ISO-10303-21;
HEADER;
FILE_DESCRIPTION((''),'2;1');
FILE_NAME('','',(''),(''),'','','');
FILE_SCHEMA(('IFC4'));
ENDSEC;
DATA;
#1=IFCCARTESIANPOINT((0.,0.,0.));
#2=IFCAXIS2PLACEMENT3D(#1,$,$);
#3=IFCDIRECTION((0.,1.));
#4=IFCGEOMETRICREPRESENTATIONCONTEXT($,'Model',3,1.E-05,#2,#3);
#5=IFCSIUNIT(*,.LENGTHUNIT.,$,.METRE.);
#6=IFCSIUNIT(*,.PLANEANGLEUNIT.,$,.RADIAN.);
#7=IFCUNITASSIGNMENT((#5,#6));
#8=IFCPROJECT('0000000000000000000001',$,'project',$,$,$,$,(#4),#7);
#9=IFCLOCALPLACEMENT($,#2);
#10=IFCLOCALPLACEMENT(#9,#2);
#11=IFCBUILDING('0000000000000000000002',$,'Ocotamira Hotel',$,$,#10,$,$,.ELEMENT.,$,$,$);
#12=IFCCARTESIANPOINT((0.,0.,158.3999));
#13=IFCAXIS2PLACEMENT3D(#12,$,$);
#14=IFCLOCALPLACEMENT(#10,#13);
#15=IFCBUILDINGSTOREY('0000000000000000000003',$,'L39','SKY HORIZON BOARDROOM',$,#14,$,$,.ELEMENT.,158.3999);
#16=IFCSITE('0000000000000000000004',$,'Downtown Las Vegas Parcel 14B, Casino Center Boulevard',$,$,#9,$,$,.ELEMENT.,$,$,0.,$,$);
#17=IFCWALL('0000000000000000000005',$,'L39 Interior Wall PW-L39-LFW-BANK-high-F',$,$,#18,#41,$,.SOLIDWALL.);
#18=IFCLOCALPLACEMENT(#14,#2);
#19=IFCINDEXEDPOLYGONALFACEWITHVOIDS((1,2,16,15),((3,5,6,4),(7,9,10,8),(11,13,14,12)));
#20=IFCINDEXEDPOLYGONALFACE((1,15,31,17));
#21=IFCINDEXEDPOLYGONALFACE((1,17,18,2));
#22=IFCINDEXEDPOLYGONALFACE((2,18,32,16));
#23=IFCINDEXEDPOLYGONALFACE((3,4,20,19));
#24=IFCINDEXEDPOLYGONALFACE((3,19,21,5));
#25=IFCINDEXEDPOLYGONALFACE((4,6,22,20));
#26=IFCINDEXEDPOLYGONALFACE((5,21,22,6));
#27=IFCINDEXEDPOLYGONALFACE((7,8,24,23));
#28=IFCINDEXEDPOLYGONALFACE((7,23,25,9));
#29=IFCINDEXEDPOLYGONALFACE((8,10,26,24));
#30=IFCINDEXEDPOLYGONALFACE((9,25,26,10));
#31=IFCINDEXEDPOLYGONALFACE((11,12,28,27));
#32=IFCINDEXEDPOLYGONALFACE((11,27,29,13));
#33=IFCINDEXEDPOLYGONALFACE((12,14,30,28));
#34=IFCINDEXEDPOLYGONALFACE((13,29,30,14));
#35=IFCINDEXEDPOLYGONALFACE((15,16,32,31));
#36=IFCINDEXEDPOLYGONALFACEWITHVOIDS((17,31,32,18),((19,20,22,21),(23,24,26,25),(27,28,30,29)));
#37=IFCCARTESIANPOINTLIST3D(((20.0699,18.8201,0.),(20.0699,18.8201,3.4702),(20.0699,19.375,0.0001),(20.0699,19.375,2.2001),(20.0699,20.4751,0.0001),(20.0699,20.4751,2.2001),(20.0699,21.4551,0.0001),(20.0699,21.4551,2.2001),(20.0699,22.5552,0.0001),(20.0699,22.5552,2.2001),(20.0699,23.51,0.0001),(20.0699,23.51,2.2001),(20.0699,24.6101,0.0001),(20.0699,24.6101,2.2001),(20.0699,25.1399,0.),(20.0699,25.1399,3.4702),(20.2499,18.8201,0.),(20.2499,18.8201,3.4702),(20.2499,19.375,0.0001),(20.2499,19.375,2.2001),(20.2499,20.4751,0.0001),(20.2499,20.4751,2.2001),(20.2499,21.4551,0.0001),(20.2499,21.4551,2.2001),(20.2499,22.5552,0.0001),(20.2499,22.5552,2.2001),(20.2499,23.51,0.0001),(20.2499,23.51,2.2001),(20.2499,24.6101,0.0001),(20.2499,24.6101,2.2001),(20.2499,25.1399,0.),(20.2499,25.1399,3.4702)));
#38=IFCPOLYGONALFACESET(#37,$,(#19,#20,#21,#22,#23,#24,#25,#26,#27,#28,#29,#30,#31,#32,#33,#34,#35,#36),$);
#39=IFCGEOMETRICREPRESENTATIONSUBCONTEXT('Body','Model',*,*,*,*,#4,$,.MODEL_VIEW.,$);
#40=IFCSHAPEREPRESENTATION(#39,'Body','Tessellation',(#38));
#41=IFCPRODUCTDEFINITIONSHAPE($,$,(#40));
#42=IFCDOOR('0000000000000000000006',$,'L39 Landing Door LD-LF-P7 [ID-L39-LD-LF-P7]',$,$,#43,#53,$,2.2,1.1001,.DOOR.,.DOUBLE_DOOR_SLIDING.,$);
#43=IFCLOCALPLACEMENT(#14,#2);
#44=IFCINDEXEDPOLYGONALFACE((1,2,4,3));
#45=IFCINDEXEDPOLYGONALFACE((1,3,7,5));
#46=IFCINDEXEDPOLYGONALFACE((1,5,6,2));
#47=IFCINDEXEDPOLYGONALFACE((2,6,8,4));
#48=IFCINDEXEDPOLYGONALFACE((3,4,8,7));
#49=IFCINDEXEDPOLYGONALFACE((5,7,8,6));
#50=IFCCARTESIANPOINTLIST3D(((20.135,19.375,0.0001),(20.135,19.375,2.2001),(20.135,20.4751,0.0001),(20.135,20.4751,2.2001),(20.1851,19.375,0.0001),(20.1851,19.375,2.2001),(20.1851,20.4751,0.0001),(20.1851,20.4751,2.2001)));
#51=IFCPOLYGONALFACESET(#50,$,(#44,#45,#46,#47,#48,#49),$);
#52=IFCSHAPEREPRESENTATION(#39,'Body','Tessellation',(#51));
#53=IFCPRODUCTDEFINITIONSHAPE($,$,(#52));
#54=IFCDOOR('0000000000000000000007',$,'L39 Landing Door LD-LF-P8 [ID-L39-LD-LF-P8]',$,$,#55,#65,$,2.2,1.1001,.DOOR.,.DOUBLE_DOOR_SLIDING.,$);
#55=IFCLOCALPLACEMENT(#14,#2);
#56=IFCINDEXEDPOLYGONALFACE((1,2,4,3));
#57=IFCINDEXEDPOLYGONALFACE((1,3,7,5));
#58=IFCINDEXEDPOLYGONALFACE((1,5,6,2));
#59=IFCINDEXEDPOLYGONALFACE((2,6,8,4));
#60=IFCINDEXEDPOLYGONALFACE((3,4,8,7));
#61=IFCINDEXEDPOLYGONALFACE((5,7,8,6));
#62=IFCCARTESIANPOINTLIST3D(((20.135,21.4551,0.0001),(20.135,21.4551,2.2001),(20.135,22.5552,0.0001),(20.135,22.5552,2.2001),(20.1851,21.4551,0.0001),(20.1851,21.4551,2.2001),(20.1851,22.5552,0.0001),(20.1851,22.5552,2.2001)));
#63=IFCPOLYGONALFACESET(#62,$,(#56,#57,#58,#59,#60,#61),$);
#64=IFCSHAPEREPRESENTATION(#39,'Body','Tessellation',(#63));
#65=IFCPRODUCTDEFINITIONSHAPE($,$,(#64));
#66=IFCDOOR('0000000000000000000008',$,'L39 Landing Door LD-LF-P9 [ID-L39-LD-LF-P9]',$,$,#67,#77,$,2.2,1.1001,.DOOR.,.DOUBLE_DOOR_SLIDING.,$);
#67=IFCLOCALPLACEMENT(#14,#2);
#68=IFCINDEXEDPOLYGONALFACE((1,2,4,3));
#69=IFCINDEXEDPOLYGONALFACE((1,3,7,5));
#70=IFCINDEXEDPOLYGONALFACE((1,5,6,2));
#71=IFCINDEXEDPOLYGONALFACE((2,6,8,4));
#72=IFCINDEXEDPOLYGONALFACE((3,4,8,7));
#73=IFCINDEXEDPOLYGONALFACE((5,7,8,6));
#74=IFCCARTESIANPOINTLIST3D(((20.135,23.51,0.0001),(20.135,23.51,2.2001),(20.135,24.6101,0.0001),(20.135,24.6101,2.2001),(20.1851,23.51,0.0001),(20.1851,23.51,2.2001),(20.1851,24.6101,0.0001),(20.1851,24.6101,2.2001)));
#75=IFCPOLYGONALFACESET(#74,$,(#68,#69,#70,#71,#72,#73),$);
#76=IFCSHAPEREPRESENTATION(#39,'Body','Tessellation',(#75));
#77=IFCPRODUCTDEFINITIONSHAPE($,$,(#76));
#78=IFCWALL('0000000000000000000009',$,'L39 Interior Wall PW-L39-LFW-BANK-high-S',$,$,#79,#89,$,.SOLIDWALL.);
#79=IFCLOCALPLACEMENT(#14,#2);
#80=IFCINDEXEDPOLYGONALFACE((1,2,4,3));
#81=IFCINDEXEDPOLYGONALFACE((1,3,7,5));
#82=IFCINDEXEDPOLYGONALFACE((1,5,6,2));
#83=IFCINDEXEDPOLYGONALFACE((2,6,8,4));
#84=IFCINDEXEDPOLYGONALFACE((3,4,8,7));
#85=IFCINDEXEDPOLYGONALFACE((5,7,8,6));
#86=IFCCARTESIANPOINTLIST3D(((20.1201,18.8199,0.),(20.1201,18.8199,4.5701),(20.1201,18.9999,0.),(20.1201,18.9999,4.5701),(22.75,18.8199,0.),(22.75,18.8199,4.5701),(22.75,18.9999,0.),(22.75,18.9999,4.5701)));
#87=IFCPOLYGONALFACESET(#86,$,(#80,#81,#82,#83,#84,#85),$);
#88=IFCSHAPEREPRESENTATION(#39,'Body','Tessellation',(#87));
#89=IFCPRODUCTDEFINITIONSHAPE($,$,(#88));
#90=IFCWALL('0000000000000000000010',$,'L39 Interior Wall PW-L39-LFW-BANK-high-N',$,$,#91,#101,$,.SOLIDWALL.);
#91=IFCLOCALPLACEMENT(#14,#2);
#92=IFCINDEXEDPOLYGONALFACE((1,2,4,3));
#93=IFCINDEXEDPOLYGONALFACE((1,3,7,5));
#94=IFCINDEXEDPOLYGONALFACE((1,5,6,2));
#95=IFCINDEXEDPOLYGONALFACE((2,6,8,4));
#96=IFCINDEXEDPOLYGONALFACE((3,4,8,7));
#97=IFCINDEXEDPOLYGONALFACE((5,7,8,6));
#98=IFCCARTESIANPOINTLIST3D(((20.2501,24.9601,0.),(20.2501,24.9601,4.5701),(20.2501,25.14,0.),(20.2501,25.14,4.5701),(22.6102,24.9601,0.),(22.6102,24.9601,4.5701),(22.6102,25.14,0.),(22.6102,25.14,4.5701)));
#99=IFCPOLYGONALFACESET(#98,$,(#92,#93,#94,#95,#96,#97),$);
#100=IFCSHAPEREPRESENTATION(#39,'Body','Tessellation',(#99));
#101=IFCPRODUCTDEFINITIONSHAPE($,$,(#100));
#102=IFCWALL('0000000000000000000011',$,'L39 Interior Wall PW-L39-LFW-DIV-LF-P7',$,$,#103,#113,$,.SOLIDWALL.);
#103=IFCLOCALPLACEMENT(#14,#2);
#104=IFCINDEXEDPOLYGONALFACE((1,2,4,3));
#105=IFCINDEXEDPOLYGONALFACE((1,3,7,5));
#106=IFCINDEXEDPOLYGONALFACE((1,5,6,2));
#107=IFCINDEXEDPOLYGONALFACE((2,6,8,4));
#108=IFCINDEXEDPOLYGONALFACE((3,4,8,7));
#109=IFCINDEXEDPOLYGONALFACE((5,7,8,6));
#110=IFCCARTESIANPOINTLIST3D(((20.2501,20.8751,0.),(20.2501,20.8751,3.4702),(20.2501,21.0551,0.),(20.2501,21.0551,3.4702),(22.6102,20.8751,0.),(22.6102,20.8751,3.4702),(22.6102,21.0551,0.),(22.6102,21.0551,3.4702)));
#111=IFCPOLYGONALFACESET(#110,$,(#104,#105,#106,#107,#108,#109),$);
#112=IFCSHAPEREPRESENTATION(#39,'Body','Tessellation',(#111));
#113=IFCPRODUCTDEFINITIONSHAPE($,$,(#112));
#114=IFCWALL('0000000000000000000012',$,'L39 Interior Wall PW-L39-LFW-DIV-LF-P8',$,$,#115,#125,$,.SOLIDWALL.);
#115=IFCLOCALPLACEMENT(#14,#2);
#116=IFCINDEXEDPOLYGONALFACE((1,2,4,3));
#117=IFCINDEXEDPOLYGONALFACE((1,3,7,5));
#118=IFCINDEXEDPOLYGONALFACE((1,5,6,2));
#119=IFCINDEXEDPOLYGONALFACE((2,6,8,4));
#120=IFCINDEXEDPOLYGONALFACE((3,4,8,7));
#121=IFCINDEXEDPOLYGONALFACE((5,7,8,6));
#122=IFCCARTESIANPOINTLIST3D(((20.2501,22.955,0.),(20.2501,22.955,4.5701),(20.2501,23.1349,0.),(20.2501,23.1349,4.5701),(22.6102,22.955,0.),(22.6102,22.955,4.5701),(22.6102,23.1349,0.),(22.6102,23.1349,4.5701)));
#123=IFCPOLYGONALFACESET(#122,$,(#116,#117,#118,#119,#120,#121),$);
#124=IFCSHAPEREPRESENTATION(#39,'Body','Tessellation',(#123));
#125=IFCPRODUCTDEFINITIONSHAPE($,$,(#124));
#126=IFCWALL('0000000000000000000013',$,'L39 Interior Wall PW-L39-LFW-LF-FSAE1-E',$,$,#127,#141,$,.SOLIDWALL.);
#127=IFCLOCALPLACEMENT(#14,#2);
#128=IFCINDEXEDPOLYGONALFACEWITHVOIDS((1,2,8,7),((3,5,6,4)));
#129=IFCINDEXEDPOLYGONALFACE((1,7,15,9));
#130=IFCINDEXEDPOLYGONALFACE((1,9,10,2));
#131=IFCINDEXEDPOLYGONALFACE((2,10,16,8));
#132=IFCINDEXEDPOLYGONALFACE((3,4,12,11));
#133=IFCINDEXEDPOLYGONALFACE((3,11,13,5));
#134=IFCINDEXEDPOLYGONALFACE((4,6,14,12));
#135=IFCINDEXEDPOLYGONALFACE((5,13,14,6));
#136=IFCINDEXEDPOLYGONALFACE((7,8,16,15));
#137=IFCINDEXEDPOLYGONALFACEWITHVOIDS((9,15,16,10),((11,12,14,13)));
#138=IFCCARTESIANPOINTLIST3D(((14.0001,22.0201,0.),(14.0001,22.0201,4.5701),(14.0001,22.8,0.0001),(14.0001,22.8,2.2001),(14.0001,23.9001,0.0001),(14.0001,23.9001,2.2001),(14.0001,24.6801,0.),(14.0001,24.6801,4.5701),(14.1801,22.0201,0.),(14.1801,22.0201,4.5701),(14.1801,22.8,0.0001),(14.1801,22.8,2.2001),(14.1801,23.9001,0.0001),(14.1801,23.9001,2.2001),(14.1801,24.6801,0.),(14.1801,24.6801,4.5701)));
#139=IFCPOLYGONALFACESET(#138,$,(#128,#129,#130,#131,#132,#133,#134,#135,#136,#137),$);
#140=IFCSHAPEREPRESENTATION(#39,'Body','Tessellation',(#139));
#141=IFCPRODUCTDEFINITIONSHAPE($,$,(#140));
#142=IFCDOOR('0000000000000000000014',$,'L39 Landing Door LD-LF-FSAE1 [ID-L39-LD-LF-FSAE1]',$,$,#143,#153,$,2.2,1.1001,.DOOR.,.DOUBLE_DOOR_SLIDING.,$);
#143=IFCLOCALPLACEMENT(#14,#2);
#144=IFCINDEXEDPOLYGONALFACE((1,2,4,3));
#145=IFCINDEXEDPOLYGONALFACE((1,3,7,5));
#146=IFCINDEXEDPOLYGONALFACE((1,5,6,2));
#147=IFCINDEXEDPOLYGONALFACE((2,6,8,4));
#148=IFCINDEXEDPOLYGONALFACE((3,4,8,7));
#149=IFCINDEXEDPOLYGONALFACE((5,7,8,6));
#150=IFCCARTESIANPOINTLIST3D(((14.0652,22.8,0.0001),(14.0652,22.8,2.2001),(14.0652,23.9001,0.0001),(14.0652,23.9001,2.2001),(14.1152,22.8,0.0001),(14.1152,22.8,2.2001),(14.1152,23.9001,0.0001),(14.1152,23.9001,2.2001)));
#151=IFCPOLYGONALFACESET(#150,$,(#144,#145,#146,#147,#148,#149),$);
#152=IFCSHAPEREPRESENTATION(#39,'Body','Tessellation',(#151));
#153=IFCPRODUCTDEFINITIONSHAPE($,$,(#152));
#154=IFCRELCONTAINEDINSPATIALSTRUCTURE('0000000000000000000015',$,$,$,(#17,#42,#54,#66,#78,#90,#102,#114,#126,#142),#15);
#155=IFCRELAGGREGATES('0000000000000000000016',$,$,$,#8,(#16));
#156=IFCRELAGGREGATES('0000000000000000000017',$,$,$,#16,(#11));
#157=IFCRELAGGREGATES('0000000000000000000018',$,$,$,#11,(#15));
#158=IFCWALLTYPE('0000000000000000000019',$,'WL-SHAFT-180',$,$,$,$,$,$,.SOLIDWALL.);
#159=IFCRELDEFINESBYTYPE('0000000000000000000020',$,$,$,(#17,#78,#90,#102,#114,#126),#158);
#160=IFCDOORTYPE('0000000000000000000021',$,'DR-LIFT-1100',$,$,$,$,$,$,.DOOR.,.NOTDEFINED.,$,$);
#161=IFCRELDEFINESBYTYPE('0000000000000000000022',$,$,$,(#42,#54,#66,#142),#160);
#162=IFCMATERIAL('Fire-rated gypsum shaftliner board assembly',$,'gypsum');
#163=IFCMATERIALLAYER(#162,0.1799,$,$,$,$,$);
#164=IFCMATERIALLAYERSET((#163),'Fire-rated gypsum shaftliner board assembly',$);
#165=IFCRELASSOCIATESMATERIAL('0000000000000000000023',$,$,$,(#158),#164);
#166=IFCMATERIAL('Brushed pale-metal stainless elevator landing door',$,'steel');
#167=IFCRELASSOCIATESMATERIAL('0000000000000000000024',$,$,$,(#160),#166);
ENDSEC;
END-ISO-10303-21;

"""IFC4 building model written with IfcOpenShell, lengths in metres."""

from ifc_helpers import new_model, si_unit, direction, frame, frame_2d, origin, place, context, subcontext, project, spatial, rectangle, extrude, source, transform, mapped, material, layer, layer_set, type_object, element, fill, save


model = new_model("IFC4")

# Units and contexts
model_context = context("Model", 3, precision=1e-05, world=origin(), true_north=direction((0.0, 1.0)))
body_context = subcontext(model_context, "Body", "Model", "MODEL_VIEW")
ifc_project = project(units=[si_unit("LENGTHUNIT", "METRE"), si_unit("PLANEANGLEUNIT", "RADIAN")], contexts=[model_context])

# Site, building, storey
site_placement = place(None, origin())
site = spatial("IfcSite", under=ifc_project, at=site_placement, Name="Downtown Las Vegas Parcel 14B, Casino Center Boulevard", CompositionType="ELEMENT", RefElevation=0.0)
building_placement = place(site_placement, origin())
building = spatial("IfcBuilding", under=site, at=building_placement, Name="Ocotamira Hotel", CompositionType="ELEMENT")
storey_placement = place(building_placement, frame((0.0, 0.0, 158.3999)))
storey = spatial("IfcBuildingStorey", under=building, at=storey_placement, Name="L39", Description="SKY HORIZON BOARDROOM", CompositionType="ELEMENT", Elevation=158.3999)

# Wall, openings, doors
ifc_material_1 = material(Name="Fire-rated gypsum shaftliner board assembly", Category="gypsum")
ifc_layer_1 = layer(ifc_material_1, 0.1799)
ifc_layer_set_1 = layer_set([ifc_layer_1], Name="Fire-rated gypsum shaftliner board assembly")
wall_type_1 = type_object("IfcWallType", Name="WL-SHAFT-180", PredefinedType="SOLIDWALL", material=ifc_layer_set_1)
wall_1_placement = place(storey_placement, frame((20.1599, 18.8201, 0.0), z_axis=(0.0, 0.0, 1.0), x_axis=(0.0, 1.0, 0.0)))
wall_1 = element("IfcWall", 1, at=wall_1_placement, inside=storey, type_object=wall_type_1, Name="L39 Interior Wall PW-L39-LFW-BANK-high-F", PredefinedType="SOLIDWALL", context=body_context, shape_type="SweptSolid", body=[
    extrude(rectangle(XDim=6.3198, YDim=0.1799, at=frame_2d((3.1599, 0.0))), origin(), (0.0, 0.0, 1.0), 3.4702),
])
opening_1_placement = place(wall_1_placement, frame((0.5549, 0.0, 0.0)))
opening_1 = element("IfcOpeningElement", 2, at=opening_1_placement, cuts=wall_1, PredefinedType="OPENING", context=body_context, shape_type="SweptSolid", body=[
    extrude(rectangle(XDim=1.1001, YDim=2.2, at=frame_2d((0.55, 1.1001))), frame((0.0, 0.1001, 0.0), z_axis=(0.0, -1.0, 0.0), x_axis=(1.0, 0.0, 0.0)), (0.0, 0.0, 1.0), 0.2),
])
opening_2_placement = place(wall_1_placement, frame((2.635, 0.0, 0.0)))
opening_2 = element("IfcOpeningElement", 3, at=opening_2_placement, cuts=wall_1, PredefinedType="OPENING", context=body_context, shape_type="SweptSolid", body=[
    extrude(rectangle(XDim=1.1001, YDim=2.2, at=frame_2d((0.55, 1.1001))), frame((0.0, 0.1001, 0.0), z_axis=(0.0, -1.0, 0.0), x_axis=(1.0, 0.0, 0.0)), (0.0, 0.0, 1.0), 0.2),
])
opening_3_placement = place(wall_1_placement, frame((4.6899, 0.0, 0.0)))
opening_3 = element("IfcOpeningElement", 4, at=opening_3_placement, cuts=wall_1, PredefinedType="OPENING", context=body_context, shape_type="SweptSolid", body=[
    extrude(rectangle(XDim=1.1001, YDim=2.2, at=frame_2d((0.55, 1.1001))), frame((0.0, 0.1001, 0.0), z_axis=(0.0, -1.0, 0.0), x_axis=(1.0, 0.0, 0.0)), (0.0, 0.0, 1.0), 0.2),
])
ifc_material_2 = material(Name="Brushed pale-metal stainless elevator landing door", Category="steel")
door_type_1 = type_object("IfcDoorType", Name="DR-LIFT-1100", OperationType="NOTDEFINED", PredefinedType="DOOR", material=ifc_material_2)
shared_shape_1 = source(origin(), body_context, "Body", "SweptSolid", [
    extrude(rectangle(XDim=1.1001, YDim=2.2, at=frame_2d((0.55, 1.1001))), frame((0.0, 0.0249, 0.0), z_axis=(0.0, -1.0, 0.0), x_axis=(1.0, 0.0, 0.0)), (0.0, 0.0, 1.0), 0.05),
])
door_1_placement = place(opening_1_placement, origin())
door_1 = element("IfcDoor", 5, at=door_1_placement, inside=storey, type_object=door_type_1, Name="L39 Landing Door LD-LF-P7 [ID-L39-LD-LF-P7]", OperationType="DOUBLE_DOOR_SLIDING", OverallHeight=2.2, OverallWidth=1.1001, PredefinedType="DOOR", context=body_context, shape_type="MappedRepresentation", body=[
    mapped(shared_shape_1, transform((0.0, 0.0, 0.0), scale=1.0)),
])
fill(opening_1, door_1)
door_2_placement = place(opening_2_placement, origin())
door_2 = element("IfcDoor", 6, at=door_2_placement, inside=storey, type_object=door_type_1, Name="L39 Landing Door LD-LF-P8 [ID-L39-LD-LF-P8]", OperationType="DOUBLE_DOOR_SLIDING", OverallHeight=2.2, OverallWidth=1.1001, PredefinedType="DOOR", context=body_context, shape_type="MappedRepresentation", body=[
    mapped(shared_shape_1, transform((0.0, 0.0, 0.0), scale=1.0)),
])
fill(opening_2, door_2)
door_3_placement = place(opening_3_placement, origin())
door_3 = element("IfcDoor", 7, at=door_3_placement, inside=storey, type_object=door_type_1, Name="L39 Landing Door LD-LF-P9 [ID-L39-LD-LF-P9]", OperationType="DOUBLE_DOOR_SLIDING", OverallHeight=2.2, OverallWidth=1.1001, PredefinedType="DOOR", context=body_context, shape_type="MappedRepresentation", body=[
    mapped(shared_shape_1, transform((0.0, 0.0, 0.0), scale=1.0)),
])
fill(opening_3, door_3)

# Walls
wall_2_placement = place(storey_placement, frame((20.1201, 18.9099, 0.0), z_axis=(0.0, 0.0, 1.0), x_axis=(1.0, 0.0, 0.0)))
element("IfcWall", 8, at=wall_2_placement, inside=storey, type_object=wall_type_1, Name="L39 Interior Wall PW-L39-LFW-BANK-high-S", PredefinedType="SOLIDWALL", context=body_context, shape_type="SweptSolid", body=[
    extrude(rectangle(XDim=2.6299, YDim=0.1799, at=frame_2d((1.3149, 0.0))), origin(), (0.0, 0.0, 1.0), 4.5701),
])
wall_3_placement = place(storey_placement, frame((20.25, 25.05, 0.0), z_axis=(0.0, 0.0, 1.0), x_axis=(1.0, 0.0, 0.0)))
element("IfcWall", 9, at=wall_3_placement, inside=storey, type_object=wall_type_1, Name="L39 Interior Wall PW-L39-LFW-BANK-high-N", PredefinedType="SOLIDWALL", context=body_context, shape_type="SweptSolid", body=[
    extrude(rectangle(XDim=2.3601, YDim=0.1799, at=frame_2d((1.1802, 0.0))), origin(), (0.0, 0.0, 1.0), 4.5701),
])
wall_4_placement = place(storey_placement, frame((20.25, 20.9651, 0.0), z_axis=(0.0, 0.0, 1.0), x_axis=(1.0, 0.0, 0.0)))
element("IfcWall", 10, at=wall_4_placement, inside=storey, type_object=wall_type_1, Name="L39 Interior Wall PW-L39-LFW-DIV-LF-P7", PredefinedType="SOLIDWALL", context=body_context, shape_type="SweptSolid", body=[
    extrude(rectangle(XDim=2.3601, YDim=0.1799, at=frame_2d((1.1802, 0.0))), origin(), (0.0, 0.0, 1.0), 3.4702),
])
wall_5_placement = place(storey_placement, frame((20.25, 23.0449, 0.0), z_axis=(0.0, 0.0, 1.0), x_axis=(1.0, 0.0, 0.0)))
element("IfcWall", 11, at=wall_5_placement, inside=storey, type_object=wall_type_1, Name="L39 Interior Wall PW-L39-LFW-DIV-LF-P8", PredefinedType="SOLIDWALL", context=body_context, shape_type="SweptSolid", body=[
    extrude(rectangle(XDim=2.3601, YDim=0.1799, at=frame_2d((1.1802, 0.0))), origin(), (0.0, 0.0, 1.0), 4.5701),
])

# Wall, opening, door
wall_6_placement = place(storey_placement, frame((14.0901, 22.02, 0.0), z_axis=(0.0, 0.0, 1.0), x_axis=(0.0, 1.0, 0.0)))
wall_6 = element("IfcWall", 12, at=wall_6_placement, inside=storey, type_object=wall_type_1, Name="L39 Interior Wall PW-L39-LFW-LF-FSAE1-E", PredefinedType="SOLIDWALL", context=body_context, shape_type="SweptSolid", body=[
    extrude(rectangle(XDim=2.6599, YDim=0.1799, at=frame_2d((1.3301, 0.0))), origin(), (0.0, 0.0, 1.0), 4.5701),
])
opening_4_placement = place(wall_6_placement, frame((0.78, 0.0, 0.0)))
opening_4 = element("IfcOpeningElement", 13, at=opening_4_placement, cuts=wall_6, PredefinedType="OPENING", context=body_context, shape_type="SweptSolid", body=[
    extrude(rectangle(XDim=1.1001, YDim=2.2, at=frame_2d((0.55, 1.1001))), frame((0.0, 0.1001, 0.0), z_axis=(0.0, -1.0, 0.0), x_axis=(1.0, 0.0, 0.0)), (0.0, 0.0, 1.0), 0.2),
])
door_4_placement = place(opening_4_placement, origin())
door_4 = element("IfcDoor", 14, at=door_4_placement, inside=storey, type_object=door_type_1, Name="L39 Landing Door LD-LF-FSAE1 [ID-L39-LD-LF-FSAE1]", OperationType="DOUBLE_DOOR_SLIDING", OverallHeight=2.2, OverallWidth=1.1001, PredefinedType="DOOR", context=body_context, shape_type="MappedRepresentation", body=[
    mapped(shared_shape_1, transform((0.0, 0.0, 0.0), scale=1.0)),
])
fill(opening_4, door_4)

save(model, "model.ifc")
